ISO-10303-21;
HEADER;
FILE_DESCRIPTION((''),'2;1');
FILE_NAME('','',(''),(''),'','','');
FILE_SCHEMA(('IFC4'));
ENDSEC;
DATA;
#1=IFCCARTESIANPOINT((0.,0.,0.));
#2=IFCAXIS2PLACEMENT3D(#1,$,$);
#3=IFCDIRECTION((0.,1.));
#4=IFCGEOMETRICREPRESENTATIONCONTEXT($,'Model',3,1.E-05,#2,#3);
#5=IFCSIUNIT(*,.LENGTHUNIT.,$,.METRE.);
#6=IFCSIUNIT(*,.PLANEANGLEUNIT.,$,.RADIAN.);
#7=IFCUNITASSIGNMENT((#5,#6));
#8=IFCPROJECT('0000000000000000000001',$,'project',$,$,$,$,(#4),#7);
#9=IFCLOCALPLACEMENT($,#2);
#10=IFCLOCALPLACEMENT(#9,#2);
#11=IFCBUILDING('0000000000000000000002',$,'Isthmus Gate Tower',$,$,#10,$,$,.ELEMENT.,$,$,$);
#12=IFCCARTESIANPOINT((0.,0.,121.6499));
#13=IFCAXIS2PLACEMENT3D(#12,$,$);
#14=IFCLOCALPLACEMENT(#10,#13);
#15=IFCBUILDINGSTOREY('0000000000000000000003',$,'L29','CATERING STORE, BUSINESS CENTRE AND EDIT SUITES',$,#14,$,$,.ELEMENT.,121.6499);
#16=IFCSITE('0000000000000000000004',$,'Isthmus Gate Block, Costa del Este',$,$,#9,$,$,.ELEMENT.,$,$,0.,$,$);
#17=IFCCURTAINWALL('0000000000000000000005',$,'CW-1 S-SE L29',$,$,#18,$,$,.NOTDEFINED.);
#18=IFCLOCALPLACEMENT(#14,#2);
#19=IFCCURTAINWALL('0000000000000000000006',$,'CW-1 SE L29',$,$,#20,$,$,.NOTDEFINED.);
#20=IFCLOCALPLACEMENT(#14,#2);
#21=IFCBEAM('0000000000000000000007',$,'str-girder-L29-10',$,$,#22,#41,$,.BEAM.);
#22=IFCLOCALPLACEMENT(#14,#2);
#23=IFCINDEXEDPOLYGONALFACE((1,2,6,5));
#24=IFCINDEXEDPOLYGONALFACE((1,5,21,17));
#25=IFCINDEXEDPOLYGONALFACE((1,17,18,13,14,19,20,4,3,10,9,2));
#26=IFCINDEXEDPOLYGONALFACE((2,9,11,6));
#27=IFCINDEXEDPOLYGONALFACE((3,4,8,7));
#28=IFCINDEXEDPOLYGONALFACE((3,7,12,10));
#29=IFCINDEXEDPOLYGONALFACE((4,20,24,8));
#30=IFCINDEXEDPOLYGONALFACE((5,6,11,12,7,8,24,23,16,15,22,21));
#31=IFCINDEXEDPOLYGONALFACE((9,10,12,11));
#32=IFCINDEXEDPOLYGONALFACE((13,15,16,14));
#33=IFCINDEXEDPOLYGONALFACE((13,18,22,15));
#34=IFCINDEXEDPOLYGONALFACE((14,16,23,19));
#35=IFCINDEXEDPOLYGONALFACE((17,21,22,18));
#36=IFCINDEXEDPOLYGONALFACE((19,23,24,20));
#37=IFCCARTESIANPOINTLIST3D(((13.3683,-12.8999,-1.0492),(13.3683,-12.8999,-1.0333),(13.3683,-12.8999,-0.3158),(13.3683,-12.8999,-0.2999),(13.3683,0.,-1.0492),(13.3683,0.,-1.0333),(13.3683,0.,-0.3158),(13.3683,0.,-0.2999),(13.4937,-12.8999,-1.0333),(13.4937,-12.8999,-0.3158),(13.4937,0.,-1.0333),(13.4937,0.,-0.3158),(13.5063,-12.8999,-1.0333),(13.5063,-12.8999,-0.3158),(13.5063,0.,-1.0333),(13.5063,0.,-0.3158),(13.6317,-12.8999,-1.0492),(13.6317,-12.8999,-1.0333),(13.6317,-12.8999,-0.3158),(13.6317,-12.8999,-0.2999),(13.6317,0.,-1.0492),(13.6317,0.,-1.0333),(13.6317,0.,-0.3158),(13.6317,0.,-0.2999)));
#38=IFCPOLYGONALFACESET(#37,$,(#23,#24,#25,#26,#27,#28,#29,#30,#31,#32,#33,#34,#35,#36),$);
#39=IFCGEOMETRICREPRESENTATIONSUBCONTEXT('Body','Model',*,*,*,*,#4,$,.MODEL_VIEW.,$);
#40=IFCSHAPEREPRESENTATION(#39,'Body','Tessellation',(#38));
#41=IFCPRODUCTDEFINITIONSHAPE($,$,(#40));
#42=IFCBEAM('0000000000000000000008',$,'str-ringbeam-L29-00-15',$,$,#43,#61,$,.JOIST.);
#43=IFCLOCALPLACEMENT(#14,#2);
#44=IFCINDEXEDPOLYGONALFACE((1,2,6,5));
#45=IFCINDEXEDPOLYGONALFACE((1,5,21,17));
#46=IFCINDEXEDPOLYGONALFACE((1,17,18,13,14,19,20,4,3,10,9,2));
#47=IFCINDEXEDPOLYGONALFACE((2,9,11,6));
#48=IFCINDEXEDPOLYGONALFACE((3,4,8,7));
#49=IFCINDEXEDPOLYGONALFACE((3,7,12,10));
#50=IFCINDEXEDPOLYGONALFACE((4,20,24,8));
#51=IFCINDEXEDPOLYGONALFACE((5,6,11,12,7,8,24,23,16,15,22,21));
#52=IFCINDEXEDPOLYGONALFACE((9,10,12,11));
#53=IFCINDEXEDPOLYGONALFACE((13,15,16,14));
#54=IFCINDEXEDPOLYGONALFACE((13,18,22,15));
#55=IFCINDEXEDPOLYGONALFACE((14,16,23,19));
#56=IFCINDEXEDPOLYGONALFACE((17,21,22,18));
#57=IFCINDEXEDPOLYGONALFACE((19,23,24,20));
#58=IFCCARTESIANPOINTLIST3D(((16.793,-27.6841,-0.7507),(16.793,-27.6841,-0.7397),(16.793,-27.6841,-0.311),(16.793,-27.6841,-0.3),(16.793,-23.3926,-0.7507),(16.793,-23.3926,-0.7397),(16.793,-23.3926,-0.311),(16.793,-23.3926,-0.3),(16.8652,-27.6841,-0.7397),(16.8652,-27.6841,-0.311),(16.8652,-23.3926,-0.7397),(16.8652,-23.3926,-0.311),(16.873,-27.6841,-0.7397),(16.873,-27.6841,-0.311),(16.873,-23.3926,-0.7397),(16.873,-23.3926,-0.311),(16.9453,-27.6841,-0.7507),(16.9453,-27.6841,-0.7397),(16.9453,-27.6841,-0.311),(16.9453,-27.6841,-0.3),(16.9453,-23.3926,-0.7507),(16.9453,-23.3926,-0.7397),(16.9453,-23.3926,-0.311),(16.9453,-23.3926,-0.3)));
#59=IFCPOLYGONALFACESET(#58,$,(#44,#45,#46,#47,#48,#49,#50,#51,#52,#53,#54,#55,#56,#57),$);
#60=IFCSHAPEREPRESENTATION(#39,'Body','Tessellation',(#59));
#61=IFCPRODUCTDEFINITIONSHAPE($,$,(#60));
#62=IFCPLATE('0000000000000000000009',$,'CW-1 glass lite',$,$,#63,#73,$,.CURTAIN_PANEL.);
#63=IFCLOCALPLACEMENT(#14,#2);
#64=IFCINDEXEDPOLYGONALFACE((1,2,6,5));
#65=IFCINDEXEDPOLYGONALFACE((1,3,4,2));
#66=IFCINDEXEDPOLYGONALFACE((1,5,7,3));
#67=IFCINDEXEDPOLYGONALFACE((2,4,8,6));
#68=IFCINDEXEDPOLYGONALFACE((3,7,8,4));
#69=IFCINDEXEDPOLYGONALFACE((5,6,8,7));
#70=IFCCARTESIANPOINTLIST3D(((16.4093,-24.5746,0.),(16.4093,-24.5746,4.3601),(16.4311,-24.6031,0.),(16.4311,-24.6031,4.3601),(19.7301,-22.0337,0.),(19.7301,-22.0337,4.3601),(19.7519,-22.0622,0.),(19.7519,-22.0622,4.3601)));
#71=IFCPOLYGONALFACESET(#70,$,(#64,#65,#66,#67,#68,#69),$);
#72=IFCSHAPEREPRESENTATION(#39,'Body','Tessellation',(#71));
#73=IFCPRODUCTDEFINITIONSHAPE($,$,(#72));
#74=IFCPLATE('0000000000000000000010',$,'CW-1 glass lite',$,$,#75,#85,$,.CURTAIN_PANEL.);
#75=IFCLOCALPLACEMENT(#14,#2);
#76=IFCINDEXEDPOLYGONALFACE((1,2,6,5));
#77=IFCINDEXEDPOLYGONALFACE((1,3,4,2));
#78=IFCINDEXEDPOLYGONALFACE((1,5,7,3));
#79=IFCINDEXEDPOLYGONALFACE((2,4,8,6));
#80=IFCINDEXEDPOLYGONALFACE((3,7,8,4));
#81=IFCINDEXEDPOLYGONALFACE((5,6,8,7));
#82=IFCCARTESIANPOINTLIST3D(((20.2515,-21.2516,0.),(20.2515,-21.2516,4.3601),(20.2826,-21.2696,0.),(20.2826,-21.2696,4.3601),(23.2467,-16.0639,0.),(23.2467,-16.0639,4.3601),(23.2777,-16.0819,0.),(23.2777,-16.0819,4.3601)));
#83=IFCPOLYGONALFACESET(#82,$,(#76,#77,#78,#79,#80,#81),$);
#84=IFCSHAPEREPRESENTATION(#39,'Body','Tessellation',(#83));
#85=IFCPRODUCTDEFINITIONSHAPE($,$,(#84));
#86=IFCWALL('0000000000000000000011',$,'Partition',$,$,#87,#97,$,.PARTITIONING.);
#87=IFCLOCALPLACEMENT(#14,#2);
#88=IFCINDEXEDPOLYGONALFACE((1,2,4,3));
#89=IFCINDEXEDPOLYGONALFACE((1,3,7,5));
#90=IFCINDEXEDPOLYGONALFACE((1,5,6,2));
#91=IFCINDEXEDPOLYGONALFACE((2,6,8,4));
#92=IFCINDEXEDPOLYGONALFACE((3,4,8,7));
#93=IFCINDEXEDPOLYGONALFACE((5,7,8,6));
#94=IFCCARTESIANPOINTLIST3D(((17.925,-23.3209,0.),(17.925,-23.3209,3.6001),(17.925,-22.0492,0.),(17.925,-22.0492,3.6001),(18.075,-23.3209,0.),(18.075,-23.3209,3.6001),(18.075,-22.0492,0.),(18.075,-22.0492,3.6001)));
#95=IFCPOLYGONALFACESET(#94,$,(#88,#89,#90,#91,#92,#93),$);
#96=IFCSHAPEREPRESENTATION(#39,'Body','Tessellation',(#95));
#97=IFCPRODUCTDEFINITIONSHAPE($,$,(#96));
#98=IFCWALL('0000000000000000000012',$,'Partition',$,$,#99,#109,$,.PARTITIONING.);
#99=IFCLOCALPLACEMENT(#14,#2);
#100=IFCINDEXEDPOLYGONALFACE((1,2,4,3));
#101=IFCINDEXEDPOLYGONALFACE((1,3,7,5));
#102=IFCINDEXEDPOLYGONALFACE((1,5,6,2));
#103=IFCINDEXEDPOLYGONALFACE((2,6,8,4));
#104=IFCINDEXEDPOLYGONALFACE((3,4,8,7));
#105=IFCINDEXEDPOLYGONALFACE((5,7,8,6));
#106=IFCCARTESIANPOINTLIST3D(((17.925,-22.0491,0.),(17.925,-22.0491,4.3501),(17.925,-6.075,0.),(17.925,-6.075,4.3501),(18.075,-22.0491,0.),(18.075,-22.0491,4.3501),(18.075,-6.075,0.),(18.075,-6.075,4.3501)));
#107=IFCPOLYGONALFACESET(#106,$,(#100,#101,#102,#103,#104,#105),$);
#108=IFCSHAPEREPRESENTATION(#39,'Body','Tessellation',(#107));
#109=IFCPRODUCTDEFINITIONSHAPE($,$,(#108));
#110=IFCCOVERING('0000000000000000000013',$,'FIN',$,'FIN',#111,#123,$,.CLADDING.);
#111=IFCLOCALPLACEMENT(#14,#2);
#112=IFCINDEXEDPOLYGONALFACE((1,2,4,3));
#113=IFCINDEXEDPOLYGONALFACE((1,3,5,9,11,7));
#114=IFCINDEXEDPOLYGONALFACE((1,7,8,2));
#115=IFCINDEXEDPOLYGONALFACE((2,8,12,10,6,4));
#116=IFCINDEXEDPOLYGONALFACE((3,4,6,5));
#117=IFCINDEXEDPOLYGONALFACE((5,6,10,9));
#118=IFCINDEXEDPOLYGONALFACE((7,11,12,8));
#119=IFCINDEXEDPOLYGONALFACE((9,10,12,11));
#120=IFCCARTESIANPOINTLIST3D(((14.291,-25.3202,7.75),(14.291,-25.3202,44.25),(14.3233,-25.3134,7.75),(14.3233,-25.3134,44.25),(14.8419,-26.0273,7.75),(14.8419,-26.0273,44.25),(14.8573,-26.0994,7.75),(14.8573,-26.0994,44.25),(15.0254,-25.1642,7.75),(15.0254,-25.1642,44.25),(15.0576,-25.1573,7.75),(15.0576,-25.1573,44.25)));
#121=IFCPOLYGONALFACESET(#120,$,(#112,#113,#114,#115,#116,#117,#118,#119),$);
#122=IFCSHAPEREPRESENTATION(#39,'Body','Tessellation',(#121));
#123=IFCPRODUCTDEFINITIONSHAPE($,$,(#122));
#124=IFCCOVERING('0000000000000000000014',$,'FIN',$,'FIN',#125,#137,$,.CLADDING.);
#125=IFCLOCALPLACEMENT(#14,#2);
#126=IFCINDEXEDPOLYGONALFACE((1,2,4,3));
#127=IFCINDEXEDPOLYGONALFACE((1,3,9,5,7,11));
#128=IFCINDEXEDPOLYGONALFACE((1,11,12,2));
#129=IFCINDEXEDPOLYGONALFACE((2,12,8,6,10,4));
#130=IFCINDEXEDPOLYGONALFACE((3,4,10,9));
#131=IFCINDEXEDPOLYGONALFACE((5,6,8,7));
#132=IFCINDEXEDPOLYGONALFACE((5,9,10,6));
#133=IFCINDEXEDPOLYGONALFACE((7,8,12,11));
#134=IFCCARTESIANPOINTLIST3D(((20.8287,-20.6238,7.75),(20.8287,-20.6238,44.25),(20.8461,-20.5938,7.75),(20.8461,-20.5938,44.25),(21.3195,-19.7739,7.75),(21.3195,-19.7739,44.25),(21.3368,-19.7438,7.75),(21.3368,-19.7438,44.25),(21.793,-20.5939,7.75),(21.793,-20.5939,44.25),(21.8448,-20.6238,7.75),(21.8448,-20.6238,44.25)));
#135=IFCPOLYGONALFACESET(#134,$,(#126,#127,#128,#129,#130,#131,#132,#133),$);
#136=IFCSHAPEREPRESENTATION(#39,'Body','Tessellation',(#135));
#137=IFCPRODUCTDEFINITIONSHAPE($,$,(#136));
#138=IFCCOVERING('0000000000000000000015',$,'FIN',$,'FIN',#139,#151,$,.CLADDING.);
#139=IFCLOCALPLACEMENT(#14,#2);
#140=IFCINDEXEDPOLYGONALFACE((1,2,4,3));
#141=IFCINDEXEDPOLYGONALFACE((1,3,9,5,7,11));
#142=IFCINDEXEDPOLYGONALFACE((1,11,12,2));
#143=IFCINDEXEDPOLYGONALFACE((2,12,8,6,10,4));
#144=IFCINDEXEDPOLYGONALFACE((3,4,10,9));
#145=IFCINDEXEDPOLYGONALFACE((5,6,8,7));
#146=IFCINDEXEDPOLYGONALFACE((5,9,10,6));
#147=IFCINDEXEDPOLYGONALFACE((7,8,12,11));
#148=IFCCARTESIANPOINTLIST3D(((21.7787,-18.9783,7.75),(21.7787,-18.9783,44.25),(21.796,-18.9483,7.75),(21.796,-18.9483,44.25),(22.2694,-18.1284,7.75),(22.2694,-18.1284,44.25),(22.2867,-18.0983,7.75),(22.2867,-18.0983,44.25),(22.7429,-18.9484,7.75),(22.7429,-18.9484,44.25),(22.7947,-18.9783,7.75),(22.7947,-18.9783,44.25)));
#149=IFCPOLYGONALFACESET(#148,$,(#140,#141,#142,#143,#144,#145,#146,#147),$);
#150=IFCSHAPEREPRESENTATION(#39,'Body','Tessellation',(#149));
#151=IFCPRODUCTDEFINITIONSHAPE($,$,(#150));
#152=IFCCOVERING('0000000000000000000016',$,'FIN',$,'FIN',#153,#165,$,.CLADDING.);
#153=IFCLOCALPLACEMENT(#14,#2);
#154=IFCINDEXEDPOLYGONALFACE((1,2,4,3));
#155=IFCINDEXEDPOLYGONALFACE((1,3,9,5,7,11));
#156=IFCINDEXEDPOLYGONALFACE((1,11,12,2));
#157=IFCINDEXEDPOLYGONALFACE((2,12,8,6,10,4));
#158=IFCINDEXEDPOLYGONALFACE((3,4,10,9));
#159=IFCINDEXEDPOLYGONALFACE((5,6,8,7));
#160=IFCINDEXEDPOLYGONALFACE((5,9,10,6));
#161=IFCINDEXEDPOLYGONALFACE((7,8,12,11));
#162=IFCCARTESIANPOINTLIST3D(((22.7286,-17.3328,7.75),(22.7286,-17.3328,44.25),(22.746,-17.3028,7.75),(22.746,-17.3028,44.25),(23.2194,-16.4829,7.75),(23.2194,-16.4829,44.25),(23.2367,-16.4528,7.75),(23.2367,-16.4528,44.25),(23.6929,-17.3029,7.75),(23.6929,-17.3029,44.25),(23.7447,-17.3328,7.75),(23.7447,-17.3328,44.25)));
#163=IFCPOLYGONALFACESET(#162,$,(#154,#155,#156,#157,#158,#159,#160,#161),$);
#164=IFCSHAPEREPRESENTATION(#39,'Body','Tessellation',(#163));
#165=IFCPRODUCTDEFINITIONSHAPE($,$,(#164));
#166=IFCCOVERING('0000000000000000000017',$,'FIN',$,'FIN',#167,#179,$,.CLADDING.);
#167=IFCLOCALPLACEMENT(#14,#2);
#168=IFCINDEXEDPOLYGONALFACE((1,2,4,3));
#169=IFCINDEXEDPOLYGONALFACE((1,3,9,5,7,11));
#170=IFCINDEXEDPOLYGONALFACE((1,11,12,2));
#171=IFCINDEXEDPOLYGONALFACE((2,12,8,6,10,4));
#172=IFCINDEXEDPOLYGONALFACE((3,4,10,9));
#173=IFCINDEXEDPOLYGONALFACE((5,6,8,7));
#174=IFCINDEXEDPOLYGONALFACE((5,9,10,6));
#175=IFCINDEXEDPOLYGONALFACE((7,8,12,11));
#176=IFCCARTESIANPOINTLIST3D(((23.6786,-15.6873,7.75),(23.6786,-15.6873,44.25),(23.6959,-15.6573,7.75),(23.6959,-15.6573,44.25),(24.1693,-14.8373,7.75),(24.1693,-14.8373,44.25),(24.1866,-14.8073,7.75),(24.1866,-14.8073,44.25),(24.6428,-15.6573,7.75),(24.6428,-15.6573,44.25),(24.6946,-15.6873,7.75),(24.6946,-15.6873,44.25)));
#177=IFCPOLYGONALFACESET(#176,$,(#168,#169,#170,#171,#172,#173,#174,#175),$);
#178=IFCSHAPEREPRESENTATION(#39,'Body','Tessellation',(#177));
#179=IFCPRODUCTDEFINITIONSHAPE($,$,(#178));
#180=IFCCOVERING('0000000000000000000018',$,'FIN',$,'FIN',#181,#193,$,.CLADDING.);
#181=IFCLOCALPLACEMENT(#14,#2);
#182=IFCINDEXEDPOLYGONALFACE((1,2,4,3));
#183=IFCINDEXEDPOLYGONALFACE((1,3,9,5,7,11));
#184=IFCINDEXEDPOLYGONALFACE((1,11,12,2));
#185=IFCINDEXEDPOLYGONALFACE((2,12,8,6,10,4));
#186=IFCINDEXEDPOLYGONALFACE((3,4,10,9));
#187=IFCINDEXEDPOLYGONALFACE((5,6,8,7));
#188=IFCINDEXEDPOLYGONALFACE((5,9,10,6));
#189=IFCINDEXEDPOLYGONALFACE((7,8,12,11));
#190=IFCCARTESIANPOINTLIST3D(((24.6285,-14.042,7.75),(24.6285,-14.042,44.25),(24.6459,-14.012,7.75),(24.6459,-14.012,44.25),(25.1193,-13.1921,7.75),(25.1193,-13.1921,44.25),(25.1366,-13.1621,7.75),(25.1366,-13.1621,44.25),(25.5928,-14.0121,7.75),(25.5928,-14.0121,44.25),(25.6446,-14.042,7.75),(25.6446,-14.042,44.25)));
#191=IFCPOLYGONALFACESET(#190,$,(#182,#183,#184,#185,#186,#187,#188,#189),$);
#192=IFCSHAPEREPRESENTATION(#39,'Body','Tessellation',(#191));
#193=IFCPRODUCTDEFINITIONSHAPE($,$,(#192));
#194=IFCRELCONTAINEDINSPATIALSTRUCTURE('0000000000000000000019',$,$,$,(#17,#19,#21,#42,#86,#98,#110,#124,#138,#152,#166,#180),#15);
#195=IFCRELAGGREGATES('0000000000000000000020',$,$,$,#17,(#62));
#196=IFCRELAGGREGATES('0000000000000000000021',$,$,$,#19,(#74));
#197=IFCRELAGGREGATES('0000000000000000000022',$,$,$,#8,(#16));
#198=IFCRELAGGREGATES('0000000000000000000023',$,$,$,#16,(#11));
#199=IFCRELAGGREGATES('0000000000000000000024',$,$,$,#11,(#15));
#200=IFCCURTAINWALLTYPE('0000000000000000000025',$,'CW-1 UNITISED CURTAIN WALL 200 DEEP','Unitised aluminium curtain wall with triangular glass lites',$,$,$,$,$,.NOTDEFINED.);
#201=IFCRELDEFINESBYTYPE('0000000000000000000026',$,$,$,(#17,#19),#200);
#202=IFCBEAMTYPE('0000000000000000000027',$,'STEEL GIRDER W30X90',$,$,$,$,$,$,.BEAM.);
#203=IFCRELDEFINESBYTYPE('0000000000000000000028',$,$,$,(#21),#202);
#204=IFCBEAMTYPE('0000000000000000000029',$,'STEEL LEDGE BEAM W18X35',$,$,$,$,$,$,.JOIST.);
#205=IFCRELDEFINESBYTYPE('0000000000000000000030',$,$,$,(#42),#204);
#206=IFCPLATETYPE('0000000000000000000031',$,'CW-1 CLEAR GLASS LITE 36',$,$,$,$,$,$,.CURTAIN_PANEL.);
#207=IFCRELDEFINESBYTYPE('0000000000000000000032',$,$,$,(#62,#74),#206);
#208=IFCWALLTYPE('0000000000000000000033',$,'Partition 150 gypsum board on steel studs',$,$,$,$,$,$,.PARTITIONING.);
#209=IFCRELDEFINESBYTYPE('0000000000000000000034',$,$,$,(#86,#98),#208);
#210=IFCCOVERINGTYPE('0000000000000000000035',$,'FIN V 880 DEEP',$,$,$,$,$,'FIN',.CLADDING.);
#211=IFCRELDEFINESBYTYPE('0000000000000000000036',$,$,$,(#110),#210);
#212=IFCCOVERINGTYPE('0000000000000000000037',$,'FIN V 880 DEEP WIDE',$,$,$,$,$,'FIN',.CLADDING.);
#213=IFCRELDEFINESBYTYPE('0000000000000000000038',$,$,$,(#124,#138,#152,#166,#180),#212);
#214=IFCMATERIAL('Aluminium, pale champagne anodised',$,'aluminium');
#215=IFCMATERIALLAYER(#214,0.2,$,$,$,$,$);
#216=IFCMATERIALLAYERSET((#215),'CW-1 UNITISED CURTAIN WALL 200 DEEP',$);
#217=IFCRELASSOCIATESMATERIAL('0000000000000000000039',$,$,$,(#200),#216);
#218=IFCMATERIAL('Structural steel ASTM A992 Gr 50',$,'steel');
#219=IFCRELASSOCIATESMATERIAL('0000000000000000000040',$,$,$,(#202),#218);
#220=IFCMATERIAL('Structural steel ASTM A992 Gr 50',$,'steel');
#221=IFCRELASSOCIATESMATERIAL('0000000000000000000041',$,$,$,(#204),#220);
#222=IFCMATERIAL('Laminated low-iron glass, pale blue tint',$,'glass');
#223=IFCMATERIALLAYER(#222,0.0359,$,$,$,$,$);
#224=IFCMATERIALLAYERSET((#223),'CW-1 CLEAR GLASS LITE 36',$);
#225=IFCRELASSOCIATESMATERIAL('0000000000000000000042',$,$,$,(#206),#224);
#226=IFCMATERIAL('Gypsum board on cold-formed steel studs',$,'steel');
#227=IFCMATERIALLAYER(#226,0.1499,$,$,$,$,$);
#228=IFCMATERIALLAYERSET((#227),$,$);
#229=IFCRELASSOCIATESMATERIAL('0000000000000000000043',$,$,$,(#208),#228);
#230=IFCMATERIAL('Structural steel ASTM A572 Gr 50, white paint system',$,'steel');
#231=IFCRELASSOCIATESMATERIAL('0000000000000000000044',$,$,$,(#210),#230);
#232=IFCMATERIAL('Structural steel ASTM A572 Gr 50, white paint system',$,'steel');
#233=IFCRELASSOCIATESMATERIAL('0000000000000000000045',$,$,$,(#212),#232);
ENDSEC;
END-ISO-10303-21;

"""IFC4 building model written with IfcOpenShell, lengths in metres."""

from ifc_helpers import new_model, si_unit, direction, frame, frame_2d, origin, origin_2d, place, context, subcontext, project, spatial, polyline, rectangle, i_section, outline, extrude, material, layer, layer_set, material_profile, profile_set, type_object, element, aggregate, save


model = new_model("IFC4")

# Units and contexts
model_context = context("Model", 3, precision=1e-05, world=origin(), true_north=direction((0.0, 1.0)))
body_context = subcontext(model_context, "Body", "Model", "MODEL_VIEW")
ifc_project = project(units=[si_unit("LENGTHUNIT", "METRE"), si_unit("PLANEANGLEUNIT", "RADIAN")], contexts=[model_context])

# Site, building, storey
site_placement = place(None, origin())
site = spatial("IfcSite", under=ifc_project, at=site_placement, Name="Isthmus Gate Block, Costa del Este", CompositionType="ELEMENT", RefElevation=0.0)
building_placement = place(site_placement, origin())
building = spatial("IfcBuilding", under=site, at=building_placement, Name="Isthmus Gate Tower", CompositionType="ELEMENT")
storey_placement = place(building_placement, frame((0.0, 0.0, 121.6499)))
storey = spatial("IfcBuildingStorey", under=building, at=storey_placement, Name="L29", Description="CATERING STORE, BUSINESS CENTRE AND EDIT SUITES", CompositionType="ELEMENT", Elevation=121.6499)

# Curtain walls
ifc_material_1 = material(Name="Aluminium, pale champagne anodised", Category="aluminium")
ifc_layer_1 = layer(ifc_material_1, 0.2)
ifc_layer_set_1 = layer_set([ifc_layer_1], Name="CW-1 UNITISED CURTAIN WALL 200 DEEP")
curtain_wall_type = type_object("IfcCurtainWallType", Name="CW-1 UNITISED CURTAIN WALL 200 DEEP", Description="Unitised aluminium curtain wall with triangular glass lites", PredefinedType="NOTDEFINED", material=ifc_layer_set_1)
curtain_wall_1_placement = place(storey_placement, origin())
curtain_wall_1 = element("IfcCurtainWall", 1, at=curtain_wall_1_placement, inside=storey, type_object=curtain_wall_type, Name="CW-1 S-SE L29", PredefinedType="NOTDEFINED")
curtain_wall_2_placement = place(storey_placement, origin())
curtain_wall_2 = element("IfcCurtainWall", 2, at=curtain_wall_2_placement, inside=storey, type_object=curtain_wall_type, Name="CW-1 SE L29", PredefinedType="NOTDEFINED")

# Beams
ifc_material_2 = material(Name="Structural steel ASTM A992 Gr 50", Category="steel")
ifc_material_profile_1 = material_profile(ifc_material_2, i_section(OverallWidth=0.2634, OverallDepth=0.7493, WebThickness=0.0127, FlangeThickness=0.0159, at=origin_2d()), Name="W30X90")
ifc_profile_set_1 = profile_set([ifc_material_profile_1], Name="Structural steel ASTM A992 Gr 50")
beam_type_1 = type_object("IfcBeamType", Name="STEEL GIRDER W30X90", PredefinedType="BEAM", material=ifc_profile_set_1)
beam_1_placement = place(storey_placement, frame((13.5, -12.8999, -0.6746), z_axis=(0.0, 1.0, 0.0), x_axis=(-1.0, 0.0, 0.0)))
element("IfcBeam", 3, at=beam_1_placement, inside=storey, type_object=beam_type_1, Name="str-girder-L29-10", PredefinedType="BEAM", context=body_context, shape_type="SweptSolid", body=[
    extrude(i_section(OverallWidth=0.2634, OverallDepth=0.7493, WebThickness=0.0127, FlangeThickness=0.0159, at=origin_2d()), origin(), (0.0, 0.0, 1.0), 12.8999),
])
ifc_material_3 = material(Name="Structural steel ASTM A992 Gr 50", Category="steel")
ifc_material_profile_2 = material_profile(ifc_material_3, i_section(OverallWidth=0.1523, OverallDepth=0.4507, WebThickness=0.0078, FlangeThickness=0.011, at=origin_2d()), Name="W18X35")
ifc_profile_set_2 = profile_set([ifc_material_profile_2], Name="Structural steel ASTM A992 Gr 50")
beam_type_2 = type_object("IfcBeamType", Name="STEEL LEDGE BEAM W18X35", PredefinedType="JOIST", material=ifc_profile_set_2)
beam_2_placement = place(storey_placement, frame((16.8691, -27.6841, -0.5254), z_axis=(0.0, 1.0, 0.0), x_axis=(-1.0, 0.0, 0.0)))
element("IfcBeam", 4, at=beam_2_placement, inside=storey, type_object=beam_type_2, Name="str-ringbeam-L29-00-15", PredefinedType="JOIST", context=body_context, shape_type="SweptSolid", body=[
    extrude(i_section(OverallWidth=0.1523, OverallDepth=0.4507, WebThickness=0.0078, FlangeThickness=0.011, at=origin_2d()), origin(), (0.0, 0.0, 1.0), 4.2915),
])

# Plates
ifc_material_4 = material(Name="Laminated low-iron glass, pale blue tint", Category="glass")
ifc_layer_2 = layer(ifc_material_4, 0.0359)
ifc_layer_set_2 = layer_set([ifc_layer_2], Name="CW-1 CLEAR GLASS LITE 36")
plate_type = type_object("IfcPlateType", Name="CW-1 CLEAR GLASS LITE 36", PredefinedType="CURTAIN_PANEL", material=ifc_layer_set_2)
plate_1_placement = place(storey_placement, frame((18.0806, -23.3184, 0.0), z_axis=(0.0, 0.0, 1.0), x_axis=(0.794189, 0.607671, 0.0)))
plate_1 = element("IfcPlate", 5, at=plate_1_placement, type_object=plate_type, Name="CW-1 glass lite", PredefinedType="CURTAIN_PANEL", context=body_context, shape_type="SweptSolid", body=[
    extrude(rectangle(XDim=4.1814, YDim=0.0359, at=origin_2d()), origin(), (0.0, 0.0, 1.0), 4.3601),
])
aggregate(curtain_wall_1, [plate_1])
plate_2_placement = place(storey_placement, frame((21.7646, -18.6667, 0.0), z_axis=(0.0, 0.0, 1.0), x_axis=(0.5, 0.866025, 0.0)))
plate_2 = element("IfcPlate", 6, at=plate_2_placement, type_object=plate_type, Name="CW-1 glass lite", PredefinedType="CURTAIN_PANEL", context=body_context, shape_type="SweptSolid", body=[
    extrude(rectangle(XDim=5.9902, YDim=0.0359, at=origin_2d()), origin(), (0.0, 0.0, 1.0), 4.3601),
])
aggregate(curtain_wall_2, [plate_2])

# Walls
ifc_material_5 = material(Name="Gypsum board on cold-formed steel studs", Category="steel")
ifc_layer_3 = layer(ifc_material_5, 0.1499)
ifc_layer_set_3 = layer_set([ifc_layer_3])
wall_type_1 = type_object("IfcWallType", Name="Partition 150 gypsum board on steel studs", PredefinedType="PARTITIONING", material=ifc_layer_set_3)
wall_1_placement = place(storey_placement, frame((18.0, -23.3208, 0.0), z_axis=(0.0, 0.0, 1.0), x_axis=(0.0, 1.0, 0.0)))
element("IfcWall", 7, at=wall_1_placement, inside=storey, type_object=wall_type_1, Name="Partition", PredefinedType="PARTITIONING", context=body_context, shape_type="SweptSolid", body=[
    extrude(rectangle(XDim=1.2717, YDim=0.1499, at=frame_2d((0.6357, 0.0))), origin(), (0.0, 0.0, 1.0), 3.6001),
])
wall_2_placement = place(storey_placement, frame((18.0, -22.0491, 0.0), z_axis=(0.0, 0.0, 1.0), x_axis=(0.0, 1.0, 0.0)))
element("IfcWall", 8, at=wall_2_placement, inside=storey, type_object=wall_type_1, Name="Partition", PredefinedType="PARTITIONING", context=body_context, shape_type="SweptSolid", body=[
    extrude(rectangle(XDim=15.9741, YDim=0.1499, at=frame_2d((7.9871, 0.0))), origin(), (0.0, 0.0, 1.0), 4.3501),
])

# Coverings
ifc_material_6 = material(Name="Structural steel ASTM A572 Gr 50, white paint system", Category="steel")
ifc_material_profile_3 = material_profile(ifc_material_6, outline(polyline([(0.0, -0.3918), (0.8799, 0.0), (0.0, 0.3918), (0.0, 0.3589), (0.8062, 0.0), (0.0, -0.3589), (0.0, -0.3918)])), Name="V880")
ifc_profile_set_3 = profile_set([ifc_material_profile_3], Name="Structural steel ASTM A572 Gr 50, white paint system")
covering_type_1 = type_object("IfcCoveringType", Name="FIN V 880 DEEP", ElementType="FIN", PredefinedType="CLADDING", material=ifc_profile_set_3)
covering_placement = place(storey_placement, frame((14.6743, -25.2388, 7.75), z_axis=(0.0, 0.0, 1.0), x_axis=(0.207912, -0.978148, 0.0)))
element("IfcCovering", 9, at=covering_placement, inside=storey, type_object=covering_type_1, Name="FIN", ObjectType="FIN", PredefinedType="CLADDING", context=body_context, shape_type="SweptSolid", body=[
    extrude(outline(polyline([(0.0, -0.3918), (0.8799, 0.0), (0.0, 0.3918), (0.0, 0.3589), (0.8062, 0.0), (0.0, -0.3589), (0.0, -0.3918)])), origin(), (0.0, 0.0, 1.0), 36.5),
])
ifc_material_7 = material(Name="Structural steel ASTM A572 Gr 50, white paint system", Category="steel")
ifc_material_profile_4 = material_profile(ifc_material_7, outline(polyline([(0.0, -0.5081), (0.8799, 0.0), (0.0, 0.5081), (0.0, 0.4734), (0.8201, 0.0), (0.0, -0.4734), (0.0, -0.5081)])), Name="V880W")
ifc_profile_set_4 = profile_set([ifc_material_profile_4], Name="Structural steel ASTM A572 Gr 50, white paint system")
covering_type_2 = type_object("IfcCoveringType", Name="FIN V 880 DEEP WIDE", ElementType="FIN", PredefinedType="CLADDING", material=ifc_profile_set_4)
for number, where, z_axis, x_axis, name in (
    (10, (21.0828, -20.1838, 7.75), (0.0, 0.0, 1.0), (0.866025, -0.5, 0.0), "FIN"),
    (11, (22.0327, -18.5383, 7.75), (0.0, 0.0, 1.0), (0.866025, -0.5, 0.0), "FIN"),
    (12, (22.9827, -16.8928, 7.75), (0.0, 0.0, 1.0), (0.866025, -0.5, 0.0), "FIN"),
    (13, (23.9326, -15.2473, 7.75), (0.0, 0.0, 1.0), (0.866025, -0.5, 0.0), "FIN"),
    (14, (24.8826, -13.6021, 7.75), (0.0, 0.0, 1.0), (0.866025, -0.5, 0.0), "FIN"),
):
    element("IfcCovering", number, at=place(storey_placement, frame(where, z_axis=z_axis, x_axis=x_axis)), inside=storey, type_object=covering_type_2, Name=name, ObjectType="FIN", PredefinedType="CLADDING", context=body_context, shape_type="SweptSolid", body=[
        extrude(outline(polyline([(0.0, -0.5081), (0.8799, 0.0), (0.0, 0.5081), (0.0, 0.4734), (0.8201, 0.0), (0.0, -0.4734), (0.0, -0.5081)])), origin(), (0.0, 0.0, 1.0), 36.5),
    ])

save(model, "model.ifc")
